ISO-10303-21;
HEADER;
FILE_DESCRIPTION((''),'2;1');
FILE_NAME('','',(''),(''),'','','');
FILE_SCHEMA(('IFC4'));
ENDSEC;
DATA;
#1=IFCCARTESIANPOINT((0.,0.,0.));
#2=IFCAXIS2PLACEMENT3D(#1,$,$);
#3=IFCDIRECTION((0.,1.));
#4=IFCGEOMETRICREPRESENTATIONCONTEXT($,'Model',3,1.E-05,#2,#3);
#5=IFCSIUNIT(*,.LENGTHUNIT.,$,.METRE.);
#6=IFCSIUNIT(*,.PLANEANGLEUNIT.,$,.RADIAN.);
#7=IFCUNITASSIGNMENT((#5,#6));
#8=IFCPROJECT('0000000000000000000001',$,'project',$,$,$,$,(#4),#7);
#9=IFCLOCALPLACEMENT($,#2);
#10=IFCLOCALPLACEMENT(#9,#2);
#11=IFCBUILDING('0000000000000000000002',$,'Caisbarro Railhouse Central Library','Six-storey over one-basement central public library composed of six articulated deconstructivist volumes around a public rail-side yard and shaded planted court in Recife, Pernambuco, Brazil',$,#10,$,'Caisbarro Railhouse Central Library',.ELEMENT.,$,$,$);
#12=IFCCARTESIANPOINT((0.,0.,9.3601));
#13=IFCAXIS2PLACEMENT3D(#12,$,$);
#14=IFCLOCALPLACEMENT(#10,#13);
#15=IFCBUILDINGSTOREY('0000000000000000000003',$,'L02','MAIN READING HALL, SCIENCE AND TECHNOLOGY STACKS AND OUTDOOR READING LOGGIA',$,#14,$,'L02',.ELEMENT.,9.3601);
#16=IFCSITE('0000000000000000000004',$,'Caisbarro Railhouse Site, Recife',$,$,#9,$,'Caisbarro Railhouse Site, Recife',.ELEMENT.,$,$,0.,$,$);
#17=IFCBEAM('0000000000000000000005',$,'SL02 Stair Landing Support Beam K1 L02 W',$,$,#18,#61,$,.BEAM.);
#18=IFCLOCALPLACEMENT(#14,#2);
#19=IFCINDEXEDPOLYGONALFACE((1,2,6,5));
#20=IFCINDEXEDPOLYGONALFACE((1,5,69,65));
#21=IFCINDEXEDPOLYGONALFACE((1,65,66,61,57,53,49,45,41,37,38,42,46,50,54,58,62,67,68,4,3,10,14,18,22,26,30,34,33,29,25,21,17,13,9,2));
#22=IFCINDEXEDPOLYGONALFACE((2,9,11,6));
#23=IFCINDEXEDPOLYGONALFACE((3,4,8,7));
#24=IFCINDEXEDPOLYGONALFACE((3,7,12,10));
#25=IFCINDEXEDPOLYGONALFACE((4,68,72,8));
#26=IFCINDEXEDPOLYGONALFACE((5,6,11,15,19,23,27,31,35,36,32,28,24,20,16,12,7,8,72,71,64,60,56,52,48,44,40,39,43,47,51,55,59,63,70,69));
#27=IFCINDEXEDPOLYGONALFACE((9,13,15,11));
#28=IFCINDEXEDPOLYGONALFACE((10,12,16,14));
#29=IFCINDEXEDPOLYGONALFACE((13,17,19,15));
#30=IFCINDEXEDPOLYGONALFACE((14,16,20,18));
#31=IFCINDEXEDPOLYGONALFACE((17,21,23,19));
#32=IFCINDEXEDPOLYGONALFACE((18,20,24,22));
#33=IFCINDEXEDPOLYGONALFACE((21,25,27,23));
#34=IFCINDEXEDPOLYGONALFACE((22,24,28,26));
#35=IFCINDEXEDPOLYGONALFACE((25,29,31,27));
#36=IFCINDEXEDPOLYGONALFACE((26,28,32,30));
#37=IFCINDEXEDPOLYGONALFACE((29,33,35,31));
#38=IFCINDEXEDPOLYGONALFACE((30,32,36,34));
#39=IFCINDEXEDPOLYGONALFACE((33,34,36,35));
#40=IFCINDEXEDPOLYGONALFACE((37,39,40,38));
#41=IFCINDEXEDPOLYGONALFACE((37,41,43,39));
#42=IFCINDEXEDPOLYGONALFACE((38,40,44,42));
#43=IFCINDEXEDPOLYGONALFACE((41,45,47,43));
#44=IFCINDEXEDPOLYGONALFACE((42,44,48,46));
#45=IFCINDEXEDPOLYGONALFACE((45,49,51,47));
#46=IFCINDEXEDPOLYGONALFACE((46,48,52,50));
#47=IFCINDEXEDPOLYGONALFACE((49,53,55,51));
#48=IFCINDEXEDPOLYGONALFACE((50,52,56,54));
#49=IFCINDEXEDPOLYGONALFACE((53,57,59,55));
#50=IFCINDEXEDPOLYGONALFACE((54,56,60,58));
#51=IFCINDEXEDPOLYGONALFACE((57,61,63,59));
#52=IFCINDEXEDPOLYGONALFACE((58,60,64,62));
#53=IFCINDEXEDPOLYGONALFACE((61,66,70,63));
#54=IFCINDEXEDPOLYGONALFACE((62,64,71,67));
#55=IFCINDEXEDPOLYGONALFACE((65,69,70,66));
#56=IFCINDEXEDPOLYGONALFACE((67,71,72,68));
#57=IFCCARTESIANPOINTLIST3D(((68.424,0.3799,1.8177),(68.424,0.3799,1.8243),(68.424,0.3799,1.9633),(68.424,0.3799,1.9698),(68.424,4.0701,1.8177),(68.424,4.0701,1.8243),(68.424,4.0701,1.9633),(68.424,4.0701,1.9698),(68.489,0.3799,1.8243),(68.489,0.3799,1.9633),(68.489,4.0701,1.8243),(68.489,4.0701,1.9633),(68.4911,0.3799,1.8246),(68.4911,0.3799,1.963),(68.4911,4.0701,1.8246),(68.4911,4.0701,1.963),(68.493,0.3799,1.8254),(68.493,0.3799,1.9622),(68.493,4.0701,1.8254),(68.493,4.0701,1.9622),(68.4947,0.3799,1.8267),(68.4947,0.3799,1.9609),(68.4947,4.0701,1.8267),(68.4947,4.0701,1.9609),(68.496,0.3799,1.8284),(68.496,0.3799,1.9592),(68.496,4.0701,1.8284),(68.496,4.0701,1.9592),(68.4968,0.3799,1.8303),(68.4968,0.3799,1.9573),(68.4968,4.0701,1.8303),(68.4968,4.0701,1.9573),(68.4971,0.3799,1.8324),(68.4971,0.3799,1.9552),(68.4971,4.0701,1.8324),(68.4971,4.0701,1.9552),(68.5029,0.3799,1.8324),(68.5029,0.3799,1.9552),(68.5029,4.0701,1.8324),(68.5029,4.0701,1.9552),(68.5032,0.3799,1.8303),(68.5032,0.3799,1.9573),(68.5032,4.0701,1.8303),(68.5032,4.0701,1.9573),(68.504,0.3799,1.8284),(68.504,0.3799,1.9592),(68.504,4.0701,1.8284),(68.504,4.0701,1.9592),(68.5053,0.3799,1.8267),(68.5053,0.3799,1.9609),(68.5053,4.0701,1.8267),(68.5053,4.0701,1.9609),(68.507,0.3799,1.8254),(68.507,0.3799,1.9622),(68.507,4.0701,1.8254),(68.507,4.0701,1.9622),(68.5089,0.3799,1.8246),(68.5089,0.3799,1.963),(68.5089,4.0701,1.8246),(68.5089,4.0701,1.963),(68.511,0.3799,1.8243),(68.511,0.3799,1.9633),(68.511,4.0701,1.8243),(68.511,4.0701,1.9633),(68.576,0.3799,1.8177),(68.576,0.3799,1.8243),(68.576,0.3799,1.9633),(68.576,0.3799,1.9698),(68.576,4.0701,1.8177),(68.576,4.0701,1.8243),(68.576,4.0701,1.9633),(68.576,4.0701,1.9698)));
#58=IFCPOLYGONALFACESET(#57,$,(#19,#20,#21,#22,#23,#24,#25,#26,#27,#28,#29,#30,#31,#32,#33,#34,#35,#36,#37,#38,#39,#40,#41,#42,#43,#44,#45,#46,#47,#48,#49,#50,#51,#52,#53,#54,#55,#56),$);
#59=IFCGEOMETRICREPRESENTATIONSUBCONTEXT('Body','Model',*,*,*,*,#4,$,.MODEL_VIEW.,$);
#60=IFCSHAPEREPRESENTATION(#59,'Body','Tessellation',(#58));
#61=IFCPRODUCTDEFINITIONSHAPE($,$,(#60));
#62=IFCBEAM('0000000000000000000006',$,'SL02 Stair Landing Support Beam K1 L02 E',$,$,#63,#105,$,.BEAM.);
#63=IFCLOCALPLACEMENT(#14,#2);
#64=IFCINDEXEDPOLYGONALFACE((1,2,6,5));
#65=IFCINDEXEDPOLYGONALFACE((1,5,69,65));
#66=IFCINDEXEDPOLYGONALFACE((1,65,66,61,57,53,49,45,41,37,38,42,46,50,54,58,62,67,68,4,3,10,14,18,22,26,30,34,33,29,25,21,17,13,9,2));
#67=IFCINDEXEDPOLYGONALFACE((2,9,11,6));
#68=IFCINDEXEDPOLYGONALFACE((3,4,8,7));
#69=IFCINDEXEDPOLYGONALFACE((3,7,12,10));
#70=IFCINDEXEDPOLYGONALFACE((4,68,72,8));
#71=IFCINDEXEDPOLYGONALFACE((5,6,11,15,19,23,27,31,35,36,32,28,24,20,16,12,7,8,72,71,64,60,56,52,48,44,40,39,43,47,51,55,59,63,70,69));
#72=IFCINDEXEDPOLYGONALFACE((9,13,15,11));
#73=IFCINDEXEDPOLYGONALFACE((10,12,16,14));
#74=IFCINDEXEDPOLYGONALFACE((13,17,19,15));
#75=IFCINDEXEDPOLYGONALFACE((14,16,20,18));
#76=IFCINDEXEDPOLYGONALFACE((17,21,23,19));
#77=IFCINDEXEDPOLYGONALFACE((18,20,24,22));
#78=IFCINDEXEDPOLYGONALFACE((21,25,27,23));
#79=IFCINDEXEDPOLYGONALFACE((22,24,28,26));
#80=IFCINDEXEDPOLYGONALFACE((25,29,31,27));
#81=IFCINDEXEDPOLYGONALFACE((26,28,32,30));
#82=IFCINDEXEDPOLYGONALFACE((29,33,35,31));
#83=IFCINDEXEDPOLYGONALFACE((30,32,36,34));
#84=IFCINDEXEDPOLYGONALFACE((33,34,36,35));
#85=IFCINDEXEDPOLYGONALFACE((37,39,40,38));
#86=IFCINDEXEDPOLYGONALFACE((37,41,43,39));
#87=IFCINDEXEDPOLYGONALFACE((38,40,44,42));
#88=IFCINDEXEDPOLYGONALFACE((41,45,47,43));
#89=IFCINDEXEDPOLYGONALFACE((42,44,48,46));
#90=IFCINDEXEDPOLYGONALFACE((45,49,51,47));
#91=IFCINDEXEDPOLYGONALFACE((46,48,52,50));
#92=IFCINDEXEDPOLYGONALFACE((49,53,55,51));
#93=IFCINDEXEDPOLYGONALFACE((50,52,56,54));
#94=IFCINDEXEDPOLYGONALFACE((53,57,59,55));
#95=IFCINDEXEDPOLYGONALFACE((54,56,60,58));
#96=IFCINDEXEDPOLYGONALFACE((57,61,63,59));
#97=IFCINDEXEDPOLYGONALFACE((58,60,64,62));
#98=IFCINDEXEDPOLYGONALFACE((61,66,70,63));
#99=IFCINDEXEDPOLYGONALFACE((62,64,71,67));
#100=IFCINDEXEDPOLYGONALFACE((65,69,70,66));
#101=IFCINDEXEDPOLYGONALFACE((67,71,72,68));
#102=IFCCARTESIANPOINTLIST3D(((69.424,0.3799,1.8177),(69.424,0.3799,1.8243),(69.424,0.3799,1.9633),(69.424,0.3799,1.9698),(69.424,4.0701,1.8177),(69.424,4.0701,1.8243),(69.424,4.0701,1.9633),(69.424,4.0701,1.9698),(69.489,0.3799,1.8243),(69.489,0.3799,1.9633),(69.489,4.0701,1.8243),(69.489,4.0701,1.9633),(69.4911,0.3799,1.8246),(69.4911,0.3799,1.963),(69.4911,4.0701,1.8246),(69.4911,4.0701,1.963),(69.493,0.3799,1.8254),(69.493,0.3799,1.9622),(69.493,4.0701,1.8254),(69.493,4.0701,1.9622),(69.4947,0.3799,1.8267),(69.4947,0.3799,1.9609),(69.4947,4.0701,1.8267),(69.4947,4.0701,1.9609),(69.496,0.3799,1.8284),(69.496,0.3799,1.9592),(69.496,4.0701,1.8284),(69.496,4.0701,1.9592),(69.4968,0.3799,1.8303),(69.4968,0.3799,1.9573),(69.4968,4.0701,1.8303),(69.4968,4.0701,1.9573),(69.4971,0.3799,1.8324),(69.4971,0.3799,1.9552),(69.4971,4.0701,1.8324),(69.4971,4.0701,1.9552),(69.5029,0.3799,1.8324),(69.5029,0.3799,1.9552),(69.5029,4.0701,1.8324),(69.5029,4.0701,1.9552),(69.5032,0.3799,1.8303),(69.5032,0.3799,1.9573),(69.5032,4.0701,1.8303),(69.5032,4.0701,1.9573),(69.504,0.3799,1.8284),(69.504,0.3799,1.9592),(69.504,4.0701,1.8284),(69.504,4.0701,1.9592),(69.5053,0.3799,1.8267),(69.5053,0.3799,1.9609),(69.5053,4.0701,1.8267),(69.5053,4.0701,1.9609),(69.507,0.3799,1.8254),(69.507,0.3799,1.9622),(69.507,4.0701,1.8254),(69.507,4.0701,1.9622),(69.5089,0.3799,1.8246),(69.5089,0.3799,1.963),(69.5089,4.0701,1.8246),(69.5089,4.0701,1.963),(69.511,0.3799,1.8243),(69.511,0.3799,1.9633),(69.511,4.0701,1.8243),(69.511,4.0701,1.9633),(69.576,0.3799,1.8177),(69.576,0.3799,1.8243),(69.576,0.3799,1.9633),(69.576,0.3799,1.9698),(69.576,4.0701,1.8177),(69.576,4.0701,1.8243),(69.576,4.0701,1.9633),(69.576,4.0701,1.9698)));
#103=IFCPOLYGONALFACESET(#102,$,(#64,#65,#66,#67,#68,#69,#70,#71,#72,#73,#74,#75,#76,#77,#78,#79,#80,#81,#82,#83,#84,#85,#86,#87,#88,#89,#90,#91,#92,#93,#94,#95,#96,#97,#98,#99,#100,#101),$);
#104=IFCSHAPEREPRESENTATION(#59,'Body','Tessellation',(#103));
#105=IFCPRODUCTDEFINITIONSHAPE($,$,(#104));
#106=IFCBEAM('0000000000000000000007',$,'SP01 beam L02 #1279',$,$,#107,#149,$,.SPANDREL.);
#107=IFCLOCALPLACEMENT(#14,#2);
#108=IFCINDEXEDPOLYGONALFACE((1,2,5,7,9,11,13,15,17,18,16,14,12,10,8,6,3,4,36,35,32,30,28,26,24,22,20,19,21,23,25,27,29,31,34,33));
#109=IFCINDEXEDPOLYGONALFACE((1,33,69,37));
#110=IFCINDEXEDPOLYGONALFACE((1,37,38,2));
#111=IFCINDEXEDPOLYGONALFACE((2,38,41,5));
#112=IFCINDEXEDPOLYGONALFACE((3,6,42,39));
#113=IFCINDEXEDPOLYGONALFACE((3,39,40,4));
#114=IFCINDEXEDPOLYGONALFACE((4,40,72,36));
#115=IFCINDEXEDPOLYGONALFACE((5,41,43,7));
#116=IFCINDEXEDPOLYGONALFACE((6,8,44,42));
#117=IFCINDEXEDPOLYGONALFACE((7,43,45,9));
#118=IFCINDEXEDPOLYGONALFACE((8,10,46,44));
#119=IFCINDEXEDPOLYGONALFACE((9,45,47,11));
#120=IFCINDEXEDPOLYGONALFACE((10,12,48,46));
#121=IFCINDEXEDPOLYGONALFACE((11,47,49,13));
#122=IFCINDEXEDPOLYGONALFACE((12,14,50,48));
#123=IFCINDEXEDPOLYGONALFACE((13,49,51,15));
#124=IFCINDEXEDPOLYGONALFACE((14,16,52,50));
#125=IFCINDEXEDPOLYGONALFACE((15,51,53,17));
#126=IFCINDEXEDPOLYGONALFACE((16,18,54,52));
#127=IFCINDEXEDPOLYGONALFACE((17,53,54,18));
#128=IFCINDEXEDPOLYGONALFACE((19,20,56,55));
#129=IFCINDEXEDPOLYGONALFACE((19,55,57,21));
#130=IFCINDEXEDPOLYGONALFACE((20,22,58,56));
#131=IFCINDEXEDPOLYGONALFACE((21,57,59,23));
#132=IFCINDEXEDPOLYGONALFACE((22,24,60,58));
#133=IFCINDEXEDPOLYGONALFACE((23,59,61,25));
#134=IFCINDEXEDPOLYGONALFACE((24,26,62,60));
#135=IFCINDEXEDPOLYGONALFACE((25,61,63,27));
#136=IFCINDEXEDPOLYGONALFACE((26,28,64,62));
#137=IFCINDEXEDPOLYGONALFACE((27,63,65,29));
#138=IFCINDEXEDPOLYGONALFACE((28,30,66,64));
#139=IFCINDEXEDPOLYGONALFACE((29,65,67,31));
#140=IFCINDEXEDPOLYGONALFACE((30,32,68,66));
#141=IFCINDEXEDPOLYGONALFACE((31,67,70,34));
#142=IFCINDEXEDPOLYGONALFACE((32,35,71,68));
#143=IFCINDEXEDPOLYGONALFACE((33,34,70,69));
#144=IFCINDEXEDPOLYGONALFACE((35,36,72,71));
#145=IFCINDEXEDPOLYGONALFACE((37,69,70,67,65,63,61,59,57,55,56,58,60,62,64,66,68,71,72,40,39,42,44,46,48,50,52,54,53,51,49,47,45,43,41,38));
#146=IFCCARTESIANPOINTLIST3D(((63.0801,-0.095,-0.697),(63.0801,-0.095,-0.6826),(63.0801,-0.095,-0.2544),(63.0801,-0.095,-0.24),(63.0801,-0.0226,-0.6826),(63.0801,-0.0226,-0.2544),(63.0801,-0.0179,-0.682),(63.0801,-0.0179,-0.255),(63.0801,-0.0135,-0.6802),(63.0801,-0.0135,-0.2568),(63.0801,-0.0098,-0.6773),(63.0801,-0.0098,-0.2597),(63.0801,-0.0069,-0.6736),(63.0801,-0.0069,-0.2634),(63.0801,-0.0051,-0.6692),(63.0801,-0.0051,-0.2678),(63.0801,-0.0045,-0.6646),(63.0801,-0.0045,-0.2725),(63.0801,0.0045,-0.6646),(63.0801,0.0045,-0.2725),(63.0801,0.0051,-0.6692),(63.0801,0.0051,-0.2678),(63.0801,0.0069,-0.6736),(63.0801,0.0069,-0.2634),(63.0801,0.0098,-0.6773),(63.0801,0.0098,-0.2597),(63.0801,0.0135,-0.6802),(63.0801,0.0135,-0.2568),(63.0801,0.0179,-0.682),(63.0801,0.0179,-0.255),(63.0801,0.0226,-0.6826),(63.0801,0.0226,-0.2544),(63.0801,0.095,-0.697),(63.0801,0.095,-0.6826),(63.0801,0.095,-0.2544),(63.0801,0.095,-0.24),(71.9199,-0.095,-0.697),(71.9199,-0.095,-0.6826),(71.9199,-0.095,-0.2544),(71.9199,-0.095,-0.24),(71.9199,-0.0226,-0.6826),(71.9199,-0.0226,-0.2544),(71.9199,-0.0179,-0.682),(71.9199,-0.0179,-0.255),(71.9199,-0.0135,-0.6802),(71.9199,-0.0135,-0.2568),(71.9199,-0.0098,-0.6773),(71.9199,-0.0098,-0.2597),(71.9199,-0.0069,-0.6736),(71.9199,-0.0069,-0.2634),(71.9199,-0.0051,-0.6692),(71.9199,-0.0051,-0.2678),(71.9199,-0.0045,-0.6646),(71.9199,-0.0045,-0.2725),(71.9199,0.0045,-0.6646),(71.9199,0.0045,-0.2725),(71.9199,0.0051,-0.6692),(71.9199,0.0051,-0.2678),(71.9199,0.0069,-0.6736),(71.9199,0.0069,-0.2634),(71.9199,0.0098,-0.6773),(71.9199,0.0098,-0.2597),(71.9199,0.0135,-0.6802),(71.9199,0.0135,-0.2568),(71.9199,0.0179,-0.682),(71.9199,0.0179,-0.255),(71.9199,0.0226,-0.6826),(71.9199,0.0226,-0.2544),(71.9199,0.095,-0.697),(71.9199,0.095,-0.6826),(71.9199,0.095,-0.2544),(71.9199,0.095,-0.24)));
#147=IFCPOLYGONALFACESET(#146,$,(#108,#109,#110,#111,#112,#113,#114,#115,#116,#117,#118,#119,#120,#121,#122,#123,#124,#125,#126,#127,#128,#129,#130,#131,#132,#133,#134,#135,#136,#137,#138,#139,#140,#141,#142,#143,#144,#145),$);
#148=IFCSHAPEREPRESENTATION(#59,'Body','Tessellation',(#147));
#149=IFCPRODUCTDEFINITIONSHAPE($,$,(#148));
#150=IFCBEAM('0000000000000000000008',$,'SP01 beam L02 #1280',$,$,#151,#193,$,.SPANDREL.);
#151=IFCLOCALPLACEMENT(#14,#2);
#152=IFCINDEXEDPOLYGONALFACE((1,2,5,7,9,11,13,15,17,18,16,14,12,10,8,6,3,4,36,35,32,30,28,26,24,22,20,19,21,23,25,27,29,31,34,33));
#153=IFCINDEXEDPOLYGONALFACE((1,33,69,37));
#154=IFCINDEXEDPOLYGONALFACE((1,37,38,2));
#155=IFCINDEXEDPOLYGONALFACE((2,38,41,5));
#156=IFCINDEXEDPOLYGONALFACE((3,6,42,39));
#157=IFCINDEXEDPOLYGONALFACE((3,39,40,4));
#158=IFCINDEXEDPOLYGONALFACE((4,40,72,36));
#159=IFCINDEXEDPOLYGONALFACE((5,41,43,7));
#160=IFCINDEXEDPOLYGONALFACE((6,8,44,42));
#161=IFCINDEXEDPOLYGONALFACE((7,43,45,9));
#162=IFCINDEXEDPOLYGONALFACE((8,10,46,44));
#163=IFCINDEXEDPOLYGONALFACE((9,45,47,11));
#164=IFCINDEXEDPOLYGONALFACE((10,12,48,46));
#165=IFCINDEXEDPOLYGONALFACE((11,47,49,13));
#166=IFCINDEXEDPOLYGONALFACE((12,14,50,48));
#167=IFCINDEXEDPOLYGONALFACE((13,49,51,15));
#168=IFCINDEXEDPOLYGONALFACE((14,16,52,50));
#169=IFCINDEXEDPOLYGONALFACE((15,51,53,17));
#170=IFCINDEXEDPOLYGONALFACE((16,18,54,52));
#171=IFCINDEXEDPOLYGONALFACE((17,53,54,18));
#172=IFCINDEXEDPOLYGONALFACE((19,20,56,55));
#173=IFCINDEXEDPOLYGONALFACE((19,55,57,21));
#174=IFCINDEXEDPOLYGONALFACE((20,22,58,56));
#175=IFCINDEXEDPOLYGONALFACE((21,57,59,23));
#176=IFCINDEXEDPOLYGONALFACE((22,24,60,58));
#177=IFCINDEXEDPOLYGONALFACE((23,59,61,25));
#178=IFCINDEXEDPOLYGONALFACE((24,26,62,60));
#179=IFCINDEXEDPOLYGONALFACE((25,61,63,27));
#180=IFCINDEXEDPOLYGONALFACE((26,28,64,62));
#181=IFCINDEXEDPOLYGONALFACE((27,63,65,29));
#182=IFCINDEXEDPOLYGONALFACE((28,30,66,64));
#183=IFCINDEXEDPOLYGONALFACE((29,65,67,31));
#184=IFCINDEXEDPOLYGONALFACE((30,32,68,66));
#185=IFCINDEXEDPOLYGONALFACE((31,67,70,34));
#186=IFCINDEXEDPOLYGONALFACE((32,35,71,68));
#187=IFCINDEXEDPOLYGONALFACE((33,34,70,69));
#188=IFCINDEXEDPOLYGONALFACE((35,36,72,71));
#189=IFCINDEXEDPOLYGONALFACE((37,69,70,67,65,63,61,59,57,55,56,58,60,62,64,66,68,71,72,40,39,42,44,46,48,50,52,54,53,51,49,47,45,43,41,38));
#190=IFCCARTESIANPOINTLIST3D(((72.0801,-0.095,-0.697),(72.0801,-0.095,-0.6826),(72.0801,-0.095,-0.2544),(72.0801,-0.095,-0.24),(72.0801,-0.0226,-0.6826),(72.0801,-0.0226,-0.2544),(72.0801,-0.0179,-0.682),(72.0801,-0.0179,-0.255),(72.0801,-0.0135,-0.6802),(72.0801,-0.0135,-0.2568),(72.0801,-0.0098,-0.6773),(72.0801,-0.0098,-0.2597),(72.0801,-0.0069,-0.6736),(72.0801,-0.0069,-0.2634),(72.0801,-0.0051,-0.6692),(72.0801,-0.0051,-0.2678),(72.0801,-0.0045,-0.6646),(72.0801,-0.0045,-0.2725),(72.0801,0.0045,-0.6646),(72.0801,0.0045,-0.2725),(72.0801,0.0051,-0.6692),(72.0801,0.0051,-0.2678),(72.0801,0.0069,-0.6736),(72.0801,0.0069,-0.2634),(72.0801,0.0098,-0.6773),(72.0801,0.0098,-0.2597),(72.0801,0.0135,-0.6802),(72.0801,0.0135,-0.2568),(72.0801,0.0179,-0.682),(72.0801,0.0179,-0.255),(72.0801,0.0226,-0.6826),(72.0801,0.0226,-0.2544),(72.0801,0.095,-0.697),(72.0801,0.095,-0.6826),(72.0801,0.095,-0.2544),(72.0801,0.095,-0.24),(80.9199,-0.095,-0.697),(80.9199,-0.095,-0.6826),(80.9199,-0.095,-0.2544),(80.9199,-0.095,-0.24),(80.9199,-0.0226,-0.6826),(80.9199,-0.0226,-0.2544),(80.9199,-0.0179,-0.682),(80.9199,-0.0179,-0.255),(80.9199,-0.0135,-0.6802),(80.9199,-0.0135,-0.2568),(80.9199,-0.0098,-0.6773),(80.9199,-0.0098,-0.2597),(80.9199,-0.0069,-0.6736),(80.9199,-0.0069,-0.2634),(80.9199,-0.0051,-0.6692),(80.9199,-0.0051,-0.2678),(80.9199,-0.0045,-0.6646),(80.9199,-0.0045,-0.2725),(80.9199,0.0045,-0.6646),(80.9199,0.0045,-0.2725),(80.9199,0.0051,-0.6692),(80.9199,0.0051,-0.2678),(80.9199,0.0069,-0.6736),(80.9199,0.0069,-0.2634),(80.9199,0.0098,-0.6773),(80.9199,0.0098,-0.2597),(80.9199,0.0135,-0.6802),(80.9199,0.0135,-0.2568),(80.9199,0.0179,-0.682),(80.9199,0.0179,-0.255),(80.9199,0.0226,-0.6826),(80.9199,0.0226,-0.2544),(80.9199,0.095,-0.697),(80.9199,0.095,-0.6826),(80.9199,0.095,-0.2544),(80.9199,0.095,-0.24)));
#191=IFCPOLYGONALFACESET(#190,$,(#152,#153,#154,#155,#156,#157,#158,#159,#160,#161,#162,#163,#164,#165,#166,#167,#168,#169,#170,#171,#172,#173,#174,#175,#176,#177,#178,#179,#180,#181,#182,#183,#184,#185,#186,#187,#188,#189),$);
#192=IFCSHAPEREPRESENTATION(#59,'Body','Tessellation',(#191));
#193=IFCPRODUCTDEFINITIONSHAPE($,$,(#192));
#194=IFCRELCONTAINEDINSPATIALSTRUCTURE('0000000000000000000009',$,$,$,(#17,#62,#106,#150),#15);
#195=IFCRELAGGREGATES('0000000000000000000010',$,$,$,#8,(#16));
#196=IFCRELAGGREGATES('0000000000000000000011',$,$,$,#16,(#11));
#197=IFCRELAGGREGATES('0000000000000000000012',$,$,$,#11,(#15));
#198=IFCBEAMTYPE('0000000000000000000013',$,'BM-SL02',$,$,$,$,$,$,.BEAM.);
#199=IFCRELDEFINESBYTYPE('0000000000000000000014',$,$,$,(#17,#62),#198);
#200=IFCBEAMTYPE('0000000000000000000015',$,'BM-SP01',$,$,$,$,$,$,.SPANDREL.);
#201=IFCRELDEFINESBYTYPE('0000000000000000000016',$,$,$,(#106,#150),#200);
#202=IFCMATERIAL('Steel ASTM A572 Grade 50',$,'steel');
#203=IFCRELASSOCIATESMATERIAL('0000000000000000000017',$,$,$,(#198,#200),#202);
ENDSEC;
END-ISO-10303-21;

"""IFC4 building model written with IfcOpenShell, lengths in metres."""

from ifc_helpers import new_model, si_unit, direction, frame, origin, origin_2d, place, context, subcontext, project, spatial, i_section, extrude, material, material_profile, profile_set, type_object, element, save


model = new_model("IFC4")

# Units and contexts
model_context = context("Model", 3, precision=1e-05, world=origin(), true_north=direction((0.0, 1.0)))
body_context = subcontext(model_context, "Body", "Model", "MODEL_VIEW")
ifc_project = project(units=[si_unit("LENGTHUNIT", "METRE"), si_unit("PLANEANGLEUNIT", "RADIAN")], contexts=[model_context])

# Site, building, storey
site_placement = place(None, origin())
site = spatial("IfcSite", under=ifc_project, at=site_placement, Name="Caisbarro Railhouse Site, Recife", LongName="Caisbarro Railhouse Site, Recife", CompositionType="ELEMENT", RefElevation=0.0)
building_placement = place(site_placement, origin())
building = spatial("IfcBuilding", under=site, at=building_placement, Name="Caisbarro Railhouse Central Library", Description="Six-storey over one-basement central public library composed of six articulated deconstructivist volumes around a public rail-side yard and shaded planted court in Recife, Pernambuco, Brazil", LongName="Caisbarro Railhouse Central Library", CompositionType="ELEMENT")
storey_placement = place(building_placement, frame((0.0, 0.0, 9.3601)))
storey = spatial("IfcBuildingStorey", under=building, at=storey_placement, Name="L02", Description="MAIN READING HALL, SCIENCE AND TECHNOLOGY STACKS AND OUTDOOR READING LOGGIA", LongName="L02", CompositionType="ELEMENT", Elevation=9.3601)

# Shared definitions
ifc_material_1 = material(Name="Steel ASTM A572 Grade 50", Category="steel")

# Beams
ifc_material_profile_1 = material_profile(ifc_material_1, i_section(OverallWidth=0.1521, OverallDepth=0.1521, WebThickness=0.0059, FlangeThickness=0.0066, FilletRadius=0.0081, at=origin_2d()), Name="W150X22.5")
ifc_profile_set_1 = profile_set([ifc_material_profile_1], Name="Steel ASTM A572 Grade 50")
beam_type_1 = type_object("IfcBeamType", Name="BM-SL02", PredefinedType="BEAM", material=ifc_profile_set_1)
for number, where, z_axis, x_axis, name in (
    (1, (68.5, 0.3799, 1.8938), (0.0, 1.0, 0.0), (-1.0, 0.0, 0.0), "SL02 Stair Landing Support Beam K1 L02 W"),
    (2, (69.5, 0.3799, 1.8938), (0.0, 1.0, 0.0), (-1.0, 0.0, 0.0), "SL02 Stair Landing Support Beam K1 L02 E"),
):
    element("IfcBeam", number, at=place(storey_placement, frame(where, z_axis=z_axis, x_axis=x_axis)), inside=storey, type_object=beam_type_1, Name=name, PredefinedType="BEAM", context=body_context, shape_type="SweptSolid", body=[
        extrude(i_section(OverallWidth=0.1521, OverallDepth=0.1521, WebThickness=0.0059, FlangeThickness=0.0066, FilletRadius=0.0081, at=origin_2d()), origin(), (0.0, 0.0, 1.0), 3.6902),
    ])
ifc_material_profile_2 = material_profile(ifc_material_1, i_section(OverallWidth=0.1899, OverallDepth=0.457, WebThickness=0.009, FlangeThickness=0.0144, FilletRadius=0.0181, at=origin_2d()), Name="W460X74.0")
ifc_profile_set_2 = profile_set([ifc_material_profile_2], Name="Steel ASTM A572 Grade 50")
beam_type_2 = type_object("IfcBeamType", Name="BM-SP01", PredefinedType="SPANDREL", material=ifc_profile_set_2)
for number, where, z_axis, x_axis, name in (
    (3, (63.0801, 0.0, -0.4685), (1.0, 0.0, 0.0), (0.0, 1.0, 0.0), "SP01 beam L02 #1279"),
    (4, (72.0801, 0.0, -0.4685), (1.0, 0.0, 0.0), (0.0, 1.0, 0.0), "SP01 beam L02 #1280"),
):
    element("IfcBeam", number, at=place(storey_placement, frame(where, z_axis=z_axis, x_axis=x_axis)), inside=storey, type_object=beam_type_2, Name=name, PredefinedType="SPANDREL", context=body_context, shape_type="SweptSolid", body=[
        extrude(i_section(OverallWidth=0.1899, OverallDepth=0.457, WebThickness=0.009, FlangeThickness=0.0144, FilletRadius=0.0181, at=origin_2d()), origin(), (0.0, 0.0, 1.0), 8.8398),
    ])

save(model, "model.ifc")
